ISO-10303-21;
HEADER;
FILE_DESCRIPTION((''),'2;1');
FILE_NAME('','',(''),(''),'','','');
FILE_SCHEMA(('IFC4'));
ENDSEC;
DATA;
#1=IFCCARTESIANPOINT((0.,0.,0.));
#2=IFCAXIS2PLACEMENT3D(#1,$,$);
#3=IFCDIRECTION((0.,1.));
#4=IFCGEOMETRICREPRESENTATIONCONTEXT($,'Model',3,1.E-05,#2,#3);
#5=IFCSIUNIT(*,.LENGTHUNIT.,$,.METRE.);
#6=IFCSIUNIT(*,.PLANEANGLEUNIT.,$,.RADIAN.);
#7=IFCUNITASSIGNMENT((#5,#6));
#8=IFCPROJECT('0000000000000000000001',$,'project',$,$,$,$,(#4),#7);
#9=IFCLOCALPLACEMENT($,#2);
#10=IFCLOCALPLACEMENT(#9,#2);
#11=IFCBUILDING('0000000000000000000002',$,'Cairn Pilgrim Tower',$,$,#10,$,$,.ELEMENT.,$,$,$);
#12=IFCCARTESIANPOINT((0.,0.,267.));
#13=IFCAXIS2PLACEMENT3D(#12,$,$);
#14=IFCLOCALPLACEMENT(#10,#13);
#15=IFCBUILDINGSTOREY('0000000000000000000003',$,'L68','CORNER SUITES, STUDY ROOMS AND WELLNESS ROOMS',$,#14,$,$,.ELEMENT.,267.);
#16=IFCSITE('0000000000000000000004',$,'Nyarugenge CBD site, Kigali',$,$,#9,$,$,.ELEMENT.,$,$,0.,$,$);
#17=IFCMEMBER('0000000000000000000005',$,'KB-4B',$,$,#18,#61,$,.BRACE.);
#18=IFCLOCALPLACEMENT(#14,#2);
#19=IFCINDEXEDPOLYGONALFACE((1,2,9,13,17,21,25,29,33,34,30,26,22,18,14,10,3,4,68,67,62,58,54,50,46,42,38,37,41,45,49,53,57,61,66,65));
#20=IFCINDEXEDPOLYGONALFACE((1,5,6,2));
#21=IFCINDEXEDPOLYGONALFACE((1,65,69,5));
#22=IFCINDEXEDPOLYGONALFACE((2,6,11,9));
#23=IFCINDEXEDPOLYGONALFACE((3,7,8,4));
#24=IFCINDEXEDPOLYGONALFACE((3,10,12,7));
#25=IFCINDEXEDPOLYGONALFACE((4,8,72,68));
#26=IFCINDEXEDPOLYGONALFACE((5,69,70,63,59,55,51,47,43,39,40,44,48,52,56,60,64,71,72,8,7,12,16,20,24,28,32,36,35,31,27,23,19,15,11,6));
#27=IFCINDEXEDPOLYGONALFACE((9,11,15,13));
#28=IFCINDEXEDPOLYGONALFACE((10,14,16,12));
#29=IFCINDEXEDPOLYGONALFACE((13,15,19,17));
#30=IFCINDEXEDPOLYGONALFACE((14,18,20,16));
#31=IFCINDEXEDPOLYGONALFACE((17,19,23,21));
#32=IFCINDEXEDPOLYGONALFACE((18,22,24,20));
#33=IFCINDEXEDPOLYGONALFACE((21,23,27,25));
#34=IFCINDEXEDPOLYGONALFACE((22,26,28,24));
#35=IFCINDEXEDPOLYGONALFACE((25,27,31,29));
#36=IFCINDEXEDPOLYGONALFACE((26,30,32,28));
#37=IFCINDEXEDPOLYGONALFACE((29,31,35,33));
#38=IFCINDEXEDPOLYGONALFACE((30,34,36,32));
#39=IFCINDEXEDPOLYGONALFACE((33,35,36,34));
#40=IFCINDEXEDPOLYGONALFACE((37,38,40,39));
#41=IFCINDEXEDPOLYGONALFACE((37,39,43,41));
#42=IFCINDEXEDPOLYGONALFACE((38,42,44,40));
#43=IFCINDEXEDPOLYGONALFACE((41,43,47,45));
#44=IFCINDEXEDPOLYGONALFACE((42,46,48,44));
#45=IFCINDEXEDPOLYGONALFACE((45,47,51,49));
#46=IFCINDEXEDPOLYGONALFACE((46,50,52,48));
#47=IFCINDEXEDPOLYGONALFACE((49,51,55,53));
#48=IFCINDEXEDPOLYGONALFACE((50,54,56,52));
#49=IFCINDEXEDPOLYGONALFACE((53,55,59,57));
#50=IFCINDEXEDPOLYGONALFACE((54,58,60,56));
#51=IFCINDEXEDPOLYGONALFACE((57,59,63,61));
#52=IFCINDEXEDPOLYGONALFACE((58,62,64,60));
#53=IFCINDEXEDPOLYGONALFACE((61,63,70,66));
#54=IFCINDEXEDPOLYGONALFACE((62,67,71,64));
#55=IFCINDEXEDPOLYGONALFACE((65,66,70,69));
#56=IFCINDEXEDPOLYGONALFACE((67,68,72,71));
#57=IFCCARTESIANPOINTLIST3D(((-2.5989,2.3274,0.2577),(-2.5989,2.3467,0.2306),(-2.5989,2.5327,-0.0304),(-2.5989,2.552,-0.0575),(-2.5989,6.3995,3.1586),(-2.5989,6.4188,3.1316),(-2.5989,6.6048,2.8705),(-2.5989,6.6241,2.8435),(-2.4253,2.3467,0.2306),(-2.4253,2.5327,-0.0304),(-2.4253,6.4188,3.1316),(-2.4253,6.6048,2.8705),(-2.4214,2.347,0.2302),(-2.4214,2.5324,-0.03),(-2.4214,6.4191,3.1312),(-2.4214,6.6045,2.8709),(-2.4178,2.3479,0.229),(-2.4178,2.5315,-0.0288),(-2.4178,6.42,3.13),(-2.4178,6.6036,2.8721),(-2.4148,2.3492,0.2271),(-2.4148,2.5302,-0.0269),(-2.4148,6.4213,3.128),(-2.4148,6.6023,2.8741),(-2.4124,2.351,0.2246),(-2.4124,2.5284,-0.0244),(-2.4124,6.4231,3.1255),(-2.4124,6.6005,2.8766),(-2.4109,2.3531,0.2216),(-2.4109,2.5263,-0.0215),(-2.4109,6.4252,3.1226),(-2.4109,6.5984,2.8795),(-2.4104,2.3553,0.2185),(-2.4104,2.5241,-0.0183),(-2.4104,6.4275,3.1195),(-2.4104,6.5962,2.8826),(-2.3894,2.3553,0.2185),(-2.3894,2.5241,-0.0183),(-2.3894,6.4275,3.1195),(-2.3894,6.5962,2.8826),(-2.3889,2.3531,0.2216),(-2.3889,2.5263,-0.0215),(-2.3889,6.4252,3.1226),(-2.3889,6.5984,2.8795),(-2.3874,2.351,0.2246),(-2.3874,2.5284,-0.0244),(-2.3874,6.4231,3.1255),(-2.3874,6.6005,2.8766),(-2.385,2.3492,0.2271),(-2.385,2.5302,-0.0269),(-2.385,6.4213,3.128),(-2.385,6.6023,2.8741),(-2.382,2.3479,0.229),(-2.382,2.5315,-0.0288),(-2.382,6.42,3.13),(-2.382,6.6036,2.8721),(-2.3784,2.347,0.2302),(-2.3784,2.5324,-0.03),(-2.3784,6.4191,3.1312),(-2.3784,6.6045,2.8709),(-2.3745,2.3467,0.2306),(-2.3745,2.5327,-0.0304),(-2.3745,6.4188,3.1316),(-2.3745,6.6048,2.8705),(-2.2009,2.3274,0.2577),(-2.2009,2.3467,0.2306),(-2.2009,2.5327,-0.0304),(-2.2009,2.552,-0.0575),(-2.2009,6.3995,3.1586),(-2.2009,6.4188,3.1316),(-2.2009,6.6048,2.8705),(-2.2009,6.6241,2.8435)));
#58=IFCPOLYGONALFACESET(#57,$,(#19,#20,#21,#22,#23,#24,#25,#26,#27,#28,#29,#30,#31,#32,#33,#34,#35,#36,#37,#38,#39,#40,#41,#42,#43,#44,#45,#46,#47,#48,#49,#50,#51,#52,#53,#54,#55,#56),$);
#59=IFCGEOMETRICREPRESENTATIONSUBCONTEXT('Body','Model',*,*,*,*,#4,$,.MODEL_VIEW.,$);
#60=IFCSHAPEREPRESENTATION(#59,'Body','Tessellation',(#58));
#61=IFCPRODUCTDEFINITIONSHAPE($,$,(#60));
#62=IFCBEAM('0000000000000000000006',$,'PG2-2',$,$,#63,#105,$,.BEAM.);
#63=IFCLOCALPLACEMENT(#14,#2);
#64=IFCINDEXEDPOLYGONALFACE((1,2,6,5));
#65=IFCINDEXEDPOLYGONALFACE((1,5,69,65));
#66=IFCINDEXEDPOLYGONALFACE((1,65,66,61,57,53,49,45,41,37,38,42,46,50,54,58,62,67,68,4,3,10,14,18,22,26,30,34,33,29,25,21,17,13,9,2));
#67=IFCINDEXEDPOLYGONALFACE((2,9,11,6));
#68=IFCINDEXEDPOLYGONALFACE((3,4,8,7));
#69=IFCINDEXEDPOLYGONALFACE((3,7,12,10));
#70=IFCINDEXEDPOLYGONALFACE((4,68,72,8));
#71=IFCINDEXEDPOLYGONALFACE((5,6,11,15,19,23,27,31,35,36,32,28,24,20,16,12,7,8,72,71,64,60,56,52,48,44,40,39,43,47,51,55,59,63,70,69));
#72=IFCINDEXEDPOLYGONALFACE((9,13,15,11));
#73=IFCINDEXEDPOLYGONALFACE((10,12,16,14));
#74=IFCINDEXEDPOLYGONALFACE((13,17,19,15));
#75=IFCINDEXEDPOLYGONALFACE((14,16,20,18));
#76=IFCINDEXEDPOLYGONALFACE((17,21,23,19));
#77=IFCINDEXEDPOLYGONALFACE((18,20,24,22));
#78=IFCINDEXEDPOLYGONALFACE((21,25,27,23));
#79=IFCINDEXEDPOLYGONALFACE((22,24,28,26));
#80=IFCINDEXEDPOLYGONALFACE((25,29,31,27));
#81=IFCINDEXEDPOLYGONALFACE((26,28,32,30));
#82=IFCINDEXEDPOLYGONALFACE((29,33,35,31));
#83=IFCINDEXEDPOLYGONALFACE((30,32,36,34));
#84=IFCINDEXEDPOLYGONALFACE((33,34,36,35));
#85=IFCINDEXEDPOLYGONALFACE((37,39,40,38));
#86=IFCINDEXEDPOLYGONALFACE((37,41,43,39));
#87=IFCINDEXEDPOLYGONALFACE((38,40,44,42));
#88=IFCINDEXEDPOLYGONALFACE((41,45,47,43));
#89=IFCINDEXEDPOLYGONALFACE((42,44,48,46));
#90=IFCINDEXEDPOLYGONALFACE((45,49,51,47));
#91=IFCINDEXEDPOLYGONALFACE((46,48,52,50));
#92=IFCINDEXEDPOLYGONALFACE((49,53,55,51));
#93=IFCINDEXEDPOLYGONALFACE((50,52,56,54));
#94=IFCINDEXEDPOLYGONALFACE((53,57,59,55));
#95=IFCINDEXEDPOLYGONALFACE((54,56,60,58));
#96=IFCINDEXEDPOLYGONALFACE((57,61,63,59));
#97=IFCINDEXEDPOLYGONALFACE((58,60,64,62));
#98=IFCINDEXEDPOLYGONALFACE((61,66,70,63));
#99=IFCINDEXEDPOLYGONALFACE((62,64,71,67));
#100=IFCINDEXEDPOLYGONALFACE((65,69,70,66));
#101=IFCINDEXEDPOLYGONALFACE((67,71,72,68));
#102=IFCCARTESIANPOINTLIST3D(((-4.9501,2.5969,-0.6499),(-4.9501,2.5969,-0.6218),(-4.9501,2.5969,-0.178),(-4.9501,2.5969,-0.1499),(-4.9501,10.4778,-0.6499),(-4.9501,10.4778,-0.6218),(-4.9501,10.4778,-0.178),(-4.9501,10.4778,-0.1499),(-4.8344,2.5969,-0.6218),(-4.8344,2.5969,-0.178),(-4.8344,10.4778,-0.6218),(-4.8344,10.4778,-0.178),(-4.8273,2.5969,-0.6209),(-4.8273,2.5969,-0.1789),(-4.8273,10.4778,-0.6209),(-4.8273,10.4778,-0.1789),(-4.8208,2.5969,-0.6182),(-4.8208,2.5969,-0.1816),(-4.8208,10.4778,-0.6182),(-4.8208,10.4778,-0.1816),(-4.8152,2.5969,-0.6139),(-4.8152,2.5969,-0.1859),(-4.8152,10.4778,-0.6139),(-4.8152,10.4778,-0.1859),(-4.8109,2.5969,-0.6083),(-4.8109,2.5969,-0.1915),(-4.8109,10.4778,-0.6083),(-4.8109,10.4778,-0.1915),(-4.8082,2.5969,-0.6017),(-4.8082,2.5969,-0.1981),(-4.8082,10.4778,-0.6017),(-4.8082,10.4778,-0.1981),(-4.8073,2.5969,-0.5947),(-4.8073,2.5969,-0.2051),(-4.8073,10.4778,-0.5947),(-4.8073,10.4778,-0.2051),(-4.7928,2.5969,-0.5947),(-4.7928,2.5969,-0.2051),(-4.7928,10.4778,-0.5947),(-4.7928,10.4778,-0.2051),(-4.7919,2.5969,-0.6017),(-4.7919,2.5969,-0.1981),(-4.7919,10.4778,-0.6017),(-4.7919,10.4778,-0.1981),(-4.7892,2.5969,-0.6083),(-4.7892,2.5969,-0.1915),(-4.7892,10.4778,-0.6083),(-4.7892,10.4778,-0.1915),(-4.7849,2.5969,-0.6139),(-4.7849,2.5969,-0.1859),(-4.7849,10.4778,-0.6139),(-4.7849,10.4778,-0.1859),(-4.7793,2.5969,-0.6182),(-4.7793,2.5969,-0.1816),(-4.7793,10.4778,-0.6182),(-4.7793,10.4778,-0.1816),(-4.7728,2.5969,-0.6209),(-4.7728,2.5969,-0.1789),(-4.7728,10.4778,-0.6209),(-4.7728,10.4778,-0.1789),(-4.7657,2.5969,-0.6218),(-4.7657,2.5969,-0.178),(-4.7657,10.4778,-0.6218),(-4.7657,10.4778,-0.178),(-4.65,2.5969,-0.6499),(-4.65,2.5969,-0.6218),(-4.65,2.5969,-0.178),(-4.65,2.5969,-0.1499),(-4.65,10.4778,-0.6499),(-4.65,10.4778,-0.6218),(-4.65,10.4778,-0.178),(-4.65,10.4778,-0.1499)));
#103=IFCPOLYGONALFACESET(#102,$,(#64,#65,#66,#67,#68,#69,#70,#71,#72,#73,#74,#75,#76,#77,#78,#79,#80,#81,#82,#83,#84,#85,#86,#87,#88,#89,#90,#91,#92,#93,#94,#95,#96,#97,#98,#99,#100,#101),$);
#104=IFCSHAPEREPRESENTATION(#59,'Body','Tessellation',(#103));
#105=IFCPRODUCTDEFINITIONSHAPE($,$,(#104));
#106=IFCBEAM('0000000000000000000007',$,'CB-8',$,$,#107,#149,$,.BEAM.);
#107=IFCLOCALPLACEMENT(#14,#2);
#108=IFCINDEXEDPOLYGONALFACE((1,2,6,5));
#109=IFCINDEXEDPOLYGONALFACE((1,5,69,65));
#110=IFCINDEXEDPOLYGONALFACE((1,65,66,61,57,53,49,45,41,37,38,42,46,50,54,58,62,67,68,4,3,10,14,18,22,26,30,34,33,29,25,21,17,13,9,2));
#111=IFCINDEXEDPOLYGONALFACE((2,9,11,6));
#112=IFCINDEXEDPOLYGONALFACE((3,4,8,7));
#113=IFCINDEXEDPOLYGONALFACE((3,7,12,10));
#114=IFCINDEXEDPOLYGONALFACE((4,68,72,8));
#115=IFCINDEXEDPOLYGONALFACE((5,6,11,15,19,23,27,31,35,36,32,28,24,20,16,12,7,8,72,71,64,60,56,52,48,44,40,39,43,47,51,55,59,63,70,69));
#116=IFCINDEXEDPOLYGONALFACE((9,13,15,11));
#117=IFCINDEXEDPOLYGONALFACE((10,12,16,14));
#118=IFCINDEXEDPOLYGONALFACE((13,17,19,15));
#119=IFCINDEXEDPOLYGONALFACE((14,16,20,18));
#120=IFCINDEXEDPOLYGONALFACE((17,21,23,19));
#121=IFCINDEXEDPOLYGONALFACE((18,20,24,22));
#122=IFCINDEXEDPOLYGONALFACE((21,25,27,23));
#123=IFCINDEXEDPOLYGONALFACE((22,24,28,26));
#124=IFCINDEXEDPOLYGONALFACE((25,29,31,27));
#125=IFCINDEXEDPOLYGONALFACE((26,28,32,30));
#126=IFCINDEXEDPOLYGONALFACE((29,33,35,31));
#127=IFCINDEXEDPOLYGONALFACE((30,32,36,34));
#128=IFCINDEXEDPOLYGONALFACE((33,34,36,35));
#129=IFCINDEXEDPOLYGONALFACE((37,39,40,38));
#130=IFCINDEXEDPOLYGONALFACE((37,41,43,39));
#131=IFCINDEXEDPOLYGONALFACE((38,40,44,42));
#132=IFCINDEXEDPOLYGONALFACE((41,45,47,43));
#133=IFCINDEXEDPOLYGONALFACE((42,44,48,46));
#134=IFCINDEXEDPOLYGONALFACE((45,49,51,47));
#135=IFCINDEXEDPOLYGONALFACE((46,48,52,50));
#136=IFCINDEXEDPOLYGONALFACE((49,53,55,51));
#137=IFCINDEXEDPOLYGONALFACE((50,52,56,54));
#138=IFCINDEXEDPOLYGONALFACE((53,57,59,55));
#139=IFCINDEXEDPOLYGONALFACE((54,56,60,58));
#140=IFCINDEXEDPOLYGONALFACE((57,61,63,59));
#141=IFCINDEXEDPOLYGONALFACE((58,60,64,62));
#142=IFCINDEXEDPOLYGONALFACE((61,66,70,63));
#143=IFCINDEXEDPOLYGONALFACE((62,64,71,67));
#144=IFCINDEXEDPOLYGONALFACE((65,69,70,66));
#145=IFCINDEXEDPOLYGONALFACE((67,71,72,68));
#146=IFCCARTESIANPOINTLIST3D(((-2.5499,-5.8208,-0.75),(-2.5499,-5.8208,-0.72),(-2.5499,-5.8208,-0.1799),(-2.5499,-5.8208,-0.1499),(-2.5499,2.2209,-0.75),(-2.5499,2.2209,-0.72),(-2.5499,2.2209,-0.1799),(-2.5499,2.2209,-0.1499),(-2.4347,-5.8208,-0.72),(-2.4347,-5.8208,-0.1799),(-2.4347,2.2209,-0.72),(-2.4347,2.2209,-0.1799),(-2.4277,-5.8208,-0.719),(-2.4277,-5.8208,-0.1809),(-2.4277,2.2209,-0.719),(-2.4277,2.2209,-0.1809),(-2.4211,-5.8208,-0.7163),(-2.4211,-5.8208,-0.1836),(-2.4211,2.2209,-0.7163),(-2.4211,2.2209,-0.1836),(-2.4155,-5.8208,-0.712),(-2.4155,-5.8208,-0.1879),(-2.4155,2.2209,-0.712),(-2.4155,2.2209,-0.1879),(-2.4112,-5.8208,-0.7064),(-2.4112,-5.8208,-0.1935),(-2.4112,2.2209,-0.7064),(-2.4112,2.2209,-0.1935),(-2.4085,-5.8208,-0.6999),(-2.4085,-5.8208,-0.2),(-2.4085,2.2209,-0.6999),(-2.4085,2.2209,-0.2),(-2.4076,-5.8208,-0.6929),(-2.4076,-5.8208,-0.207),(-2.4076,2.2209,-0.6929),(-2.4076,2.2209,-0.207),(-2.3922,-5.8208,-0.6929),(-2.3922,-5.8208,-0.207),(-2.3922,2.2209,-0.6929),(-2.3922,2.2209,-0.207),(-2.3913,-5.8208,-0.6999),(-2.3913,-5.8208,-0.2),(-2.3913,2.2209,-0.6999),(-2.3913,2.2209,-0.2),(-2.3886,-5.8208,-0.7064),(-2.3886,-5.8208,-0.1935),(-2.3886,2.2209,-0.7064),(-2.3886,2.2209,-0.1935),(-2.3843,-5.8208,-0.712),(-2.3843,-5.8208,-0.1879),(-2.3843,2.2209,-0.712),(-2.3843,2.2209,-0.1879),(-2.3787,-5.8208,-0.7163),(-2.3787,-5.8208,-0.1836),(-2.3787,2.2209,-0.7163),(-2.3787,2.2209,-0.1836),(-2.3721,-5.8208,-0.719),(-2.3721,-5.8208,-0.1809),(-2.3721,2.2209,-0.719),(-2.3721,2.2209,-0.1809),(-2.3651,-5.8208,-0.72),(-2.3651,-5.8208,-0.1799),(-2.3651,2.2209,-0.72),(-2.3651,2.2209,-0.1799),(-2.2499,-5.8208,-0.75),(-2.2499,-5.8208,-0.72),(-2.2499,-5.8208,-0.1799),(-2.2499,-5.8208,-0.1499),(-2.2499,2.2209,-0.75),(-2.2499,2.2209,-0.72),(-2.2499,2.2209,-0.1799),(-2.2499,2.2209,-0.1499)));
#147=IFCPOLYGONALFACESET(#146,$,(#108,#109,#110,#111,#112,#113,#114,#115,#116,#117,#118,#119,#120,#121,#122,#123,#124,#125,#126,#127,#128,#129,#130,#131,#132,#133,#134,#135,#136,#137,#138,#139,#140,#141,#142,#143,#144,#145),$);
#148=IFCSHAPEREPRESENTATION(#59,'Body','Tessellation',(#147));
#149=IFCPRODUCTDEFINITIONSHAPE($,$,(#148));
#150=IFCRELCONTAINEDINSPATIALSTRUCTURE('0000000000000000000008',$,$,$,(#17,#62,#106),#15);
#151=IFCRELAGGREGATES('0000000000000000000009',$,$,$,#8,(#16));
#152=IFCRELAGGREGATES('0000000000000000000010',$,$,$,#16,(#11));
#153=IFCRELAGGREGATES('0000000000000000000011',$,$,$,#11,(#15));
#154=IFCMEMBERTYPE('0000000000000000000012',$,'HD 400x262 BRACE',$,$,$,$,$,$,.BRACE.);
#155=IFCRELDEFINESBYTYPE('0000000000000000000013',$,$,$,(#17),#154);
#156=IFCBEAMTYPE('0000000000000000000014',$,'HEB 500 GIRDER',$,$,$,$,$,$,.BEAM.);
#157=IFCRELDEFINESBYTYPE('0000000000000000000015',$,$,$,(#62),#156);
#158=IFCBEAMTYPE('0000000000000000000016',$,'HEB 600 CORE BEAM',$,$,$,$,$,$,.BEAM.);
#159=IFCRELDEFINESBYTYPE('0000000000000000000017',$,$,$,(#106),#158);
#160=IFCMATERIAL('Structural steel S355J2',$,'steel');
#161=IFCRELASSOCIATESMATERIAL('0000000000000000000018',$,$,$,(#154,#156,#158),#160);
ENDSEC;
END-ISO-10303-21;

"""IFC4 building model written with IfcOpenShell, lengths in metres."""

from ifc_helpers import new_model, si_unit, direction, frame, origin, origin_2d, place, context, subcontext, project, spatial, i_section, extrude, material, material_profile, profile_set, type_object, element, save


model = new_model("IFC4")

# Units and contexts
model_context = context("Model", 3, precision=1e-05, world=origin(), true_north=direction((0.0, 1.0)))
body_context = subcontext(model_context, "Body", "Model", "MODEL_VIEW")
ifc_project = project(units=[si_unit("LENGTHUNIT", "METRE"), si_unit("PLANEANGLEUNIT", "RADIAN")], contexts=[model_context])

# Site, building, storey
site_placement = place(None, origin())
site = spatial("IfcSite", under=ifc_project, at=site_placement, Name="Nyarugenge CBD site, Kigali", CompositionType="ELEMENT", RefElevation=0.0)
building_placement = place(site_placement, origin())
building = spatial("IfcBuilding", under=site, at=building_placement, Name="Cairn Pilgrim Tower", CompositionType="ELEMENT")
storey_placement = place(building_placement, frame((0.0, 0.0, 267.0)))
storey = spatial("IfcBuildingStorey", under=building, at=storey_placement, Name="L68", Description="CORNER SUITES, STUDY ROOMS AND WELLNESS ROOMS", CompositionType="ELEMENT", Elevation=267.0)

# Shared definitions
ifc_material_1 = material(Name="Structural steel S355J2", Category="steel")

# Member
ifc_material_profile_1 = material_profile(ifc_material_1, i_section(OverallWidth=0.3979, OverallDepth=0.387, WebThickness=0.021, FlangeThickness=0.0332, FilletRadius=0.0149, at=origin_2d()), Name="HD 400x262")
ifc_profile_set_1 = profile_set([ifc_material_profile_1], Name="Structural steel S355J2")
member_type_1 = type_object("IfcMemberType", Name="HD 400x262 BRACE", PredefinedType="BRACE", material=ifc_profile_set_1)
member_1_placement = place(storey_placement, frame((-2.3999, 2.4397, 0.1001), z_axis=(0.0, 0.814462, 0.580217), x_axis=(-1.0, 0.0, 0.0)))
element("IfcMember", 1, at=member_1_placement, inside=storey, type_object=member_type_1, Name="KB-4B", PredefinedType="BRACE", context=body_context, shape_type="SweptSolid", body=[
    extrude(i_section(OverallWidth=0.3979, OverallDepth=0.387, WebThickness=0.021, FlangeThickness=0.0332, FilletRadius=0.0149, at=origin_2d()), origin(), (0.0, 0.0, 1.0), 4.9998),
])

# Beams
ifc_material_profile_2 = material_profile(ifc_material_1, i_section(OverallWidth=0.3, OverallDepth=0.5, WebThickness=0.0144, FlangeThickness=0.0281, FilletRadius=0.0271, at=origin_2d()), Name="HEB 500")
ifc_profile_set_2 = profile_set([ifc_material_profile_2], Name="Structural steel S355J2")
beam_type_1 = type_object("IfcBeamType", Name="HEB 500 GIRDER", PredefinedType="BEAM", material=ifc_profile_set_2)
beam_1_placement = place(storey_placement, frame((-4.8, 2.5969, -0.3999), z_axis=(0.0, 1.0, 0.0), x_axis=(-1.0, 0.0, 0.0)))
element("IfcBeam", 2, at=beam_1_placement, inside=storey, type_object=beam_type_1, Name="PG2-2", PredefinedType="BEAM", context=body_context, shape_type="SweptSolid", body=[
    extrude(i_section(OverallWidth=0.3, OverallDepth=0.5, WebThickness=0.0144, FlangeThickness=0.0281, FilletRadius=0.0271, at=origin_2d()), origin(), (0.0, 0.0, 1.0), 7.8809),
])
ifc_material_profile_3 = material_profile(ifc_material_1, i_section(OverallWidth=0.3, OverallDepth=0.6001, WebThickness=0.0154, FlangeThickness=0.03, FilletRadius=0.0271, at=origin_2d()), Name="HEB 600")
ifc_profile_set_3 = profile_set([ifc_material_profile_3], Name="Structural steel S355J2")
beam_type_2 = type_object("IfcBeamType", Name="HEB 600 CORE BEAM", PredefinedType="BEAM", material=ifc_profile_set_3)
beam_2_placement = place(storey_placement, frame((-2.3999, 2.2209, -0.45), z_axis=(0.0, -1.0, 0.0), x_axis=(1.0, 0.0, 0.0)))
element("IfcBeam", 3, at=beam_2_placement, inside=storey, type_object=beam_type_2, Name="CB-8", PredefinedType="BEAM", context=body_context, shape_type="SweptSolid", body=[
    extrude(i_section(OverallWidth=0.3, OverallDepth=0.6001, WebThickness=0.0154, FlangeThickness=0.03, FilletRadius=0.0271, at=origin_2d()), origin(), (0.0, 0.0, 1.0), 8.0417),
])

save(model, "model.ifc")
